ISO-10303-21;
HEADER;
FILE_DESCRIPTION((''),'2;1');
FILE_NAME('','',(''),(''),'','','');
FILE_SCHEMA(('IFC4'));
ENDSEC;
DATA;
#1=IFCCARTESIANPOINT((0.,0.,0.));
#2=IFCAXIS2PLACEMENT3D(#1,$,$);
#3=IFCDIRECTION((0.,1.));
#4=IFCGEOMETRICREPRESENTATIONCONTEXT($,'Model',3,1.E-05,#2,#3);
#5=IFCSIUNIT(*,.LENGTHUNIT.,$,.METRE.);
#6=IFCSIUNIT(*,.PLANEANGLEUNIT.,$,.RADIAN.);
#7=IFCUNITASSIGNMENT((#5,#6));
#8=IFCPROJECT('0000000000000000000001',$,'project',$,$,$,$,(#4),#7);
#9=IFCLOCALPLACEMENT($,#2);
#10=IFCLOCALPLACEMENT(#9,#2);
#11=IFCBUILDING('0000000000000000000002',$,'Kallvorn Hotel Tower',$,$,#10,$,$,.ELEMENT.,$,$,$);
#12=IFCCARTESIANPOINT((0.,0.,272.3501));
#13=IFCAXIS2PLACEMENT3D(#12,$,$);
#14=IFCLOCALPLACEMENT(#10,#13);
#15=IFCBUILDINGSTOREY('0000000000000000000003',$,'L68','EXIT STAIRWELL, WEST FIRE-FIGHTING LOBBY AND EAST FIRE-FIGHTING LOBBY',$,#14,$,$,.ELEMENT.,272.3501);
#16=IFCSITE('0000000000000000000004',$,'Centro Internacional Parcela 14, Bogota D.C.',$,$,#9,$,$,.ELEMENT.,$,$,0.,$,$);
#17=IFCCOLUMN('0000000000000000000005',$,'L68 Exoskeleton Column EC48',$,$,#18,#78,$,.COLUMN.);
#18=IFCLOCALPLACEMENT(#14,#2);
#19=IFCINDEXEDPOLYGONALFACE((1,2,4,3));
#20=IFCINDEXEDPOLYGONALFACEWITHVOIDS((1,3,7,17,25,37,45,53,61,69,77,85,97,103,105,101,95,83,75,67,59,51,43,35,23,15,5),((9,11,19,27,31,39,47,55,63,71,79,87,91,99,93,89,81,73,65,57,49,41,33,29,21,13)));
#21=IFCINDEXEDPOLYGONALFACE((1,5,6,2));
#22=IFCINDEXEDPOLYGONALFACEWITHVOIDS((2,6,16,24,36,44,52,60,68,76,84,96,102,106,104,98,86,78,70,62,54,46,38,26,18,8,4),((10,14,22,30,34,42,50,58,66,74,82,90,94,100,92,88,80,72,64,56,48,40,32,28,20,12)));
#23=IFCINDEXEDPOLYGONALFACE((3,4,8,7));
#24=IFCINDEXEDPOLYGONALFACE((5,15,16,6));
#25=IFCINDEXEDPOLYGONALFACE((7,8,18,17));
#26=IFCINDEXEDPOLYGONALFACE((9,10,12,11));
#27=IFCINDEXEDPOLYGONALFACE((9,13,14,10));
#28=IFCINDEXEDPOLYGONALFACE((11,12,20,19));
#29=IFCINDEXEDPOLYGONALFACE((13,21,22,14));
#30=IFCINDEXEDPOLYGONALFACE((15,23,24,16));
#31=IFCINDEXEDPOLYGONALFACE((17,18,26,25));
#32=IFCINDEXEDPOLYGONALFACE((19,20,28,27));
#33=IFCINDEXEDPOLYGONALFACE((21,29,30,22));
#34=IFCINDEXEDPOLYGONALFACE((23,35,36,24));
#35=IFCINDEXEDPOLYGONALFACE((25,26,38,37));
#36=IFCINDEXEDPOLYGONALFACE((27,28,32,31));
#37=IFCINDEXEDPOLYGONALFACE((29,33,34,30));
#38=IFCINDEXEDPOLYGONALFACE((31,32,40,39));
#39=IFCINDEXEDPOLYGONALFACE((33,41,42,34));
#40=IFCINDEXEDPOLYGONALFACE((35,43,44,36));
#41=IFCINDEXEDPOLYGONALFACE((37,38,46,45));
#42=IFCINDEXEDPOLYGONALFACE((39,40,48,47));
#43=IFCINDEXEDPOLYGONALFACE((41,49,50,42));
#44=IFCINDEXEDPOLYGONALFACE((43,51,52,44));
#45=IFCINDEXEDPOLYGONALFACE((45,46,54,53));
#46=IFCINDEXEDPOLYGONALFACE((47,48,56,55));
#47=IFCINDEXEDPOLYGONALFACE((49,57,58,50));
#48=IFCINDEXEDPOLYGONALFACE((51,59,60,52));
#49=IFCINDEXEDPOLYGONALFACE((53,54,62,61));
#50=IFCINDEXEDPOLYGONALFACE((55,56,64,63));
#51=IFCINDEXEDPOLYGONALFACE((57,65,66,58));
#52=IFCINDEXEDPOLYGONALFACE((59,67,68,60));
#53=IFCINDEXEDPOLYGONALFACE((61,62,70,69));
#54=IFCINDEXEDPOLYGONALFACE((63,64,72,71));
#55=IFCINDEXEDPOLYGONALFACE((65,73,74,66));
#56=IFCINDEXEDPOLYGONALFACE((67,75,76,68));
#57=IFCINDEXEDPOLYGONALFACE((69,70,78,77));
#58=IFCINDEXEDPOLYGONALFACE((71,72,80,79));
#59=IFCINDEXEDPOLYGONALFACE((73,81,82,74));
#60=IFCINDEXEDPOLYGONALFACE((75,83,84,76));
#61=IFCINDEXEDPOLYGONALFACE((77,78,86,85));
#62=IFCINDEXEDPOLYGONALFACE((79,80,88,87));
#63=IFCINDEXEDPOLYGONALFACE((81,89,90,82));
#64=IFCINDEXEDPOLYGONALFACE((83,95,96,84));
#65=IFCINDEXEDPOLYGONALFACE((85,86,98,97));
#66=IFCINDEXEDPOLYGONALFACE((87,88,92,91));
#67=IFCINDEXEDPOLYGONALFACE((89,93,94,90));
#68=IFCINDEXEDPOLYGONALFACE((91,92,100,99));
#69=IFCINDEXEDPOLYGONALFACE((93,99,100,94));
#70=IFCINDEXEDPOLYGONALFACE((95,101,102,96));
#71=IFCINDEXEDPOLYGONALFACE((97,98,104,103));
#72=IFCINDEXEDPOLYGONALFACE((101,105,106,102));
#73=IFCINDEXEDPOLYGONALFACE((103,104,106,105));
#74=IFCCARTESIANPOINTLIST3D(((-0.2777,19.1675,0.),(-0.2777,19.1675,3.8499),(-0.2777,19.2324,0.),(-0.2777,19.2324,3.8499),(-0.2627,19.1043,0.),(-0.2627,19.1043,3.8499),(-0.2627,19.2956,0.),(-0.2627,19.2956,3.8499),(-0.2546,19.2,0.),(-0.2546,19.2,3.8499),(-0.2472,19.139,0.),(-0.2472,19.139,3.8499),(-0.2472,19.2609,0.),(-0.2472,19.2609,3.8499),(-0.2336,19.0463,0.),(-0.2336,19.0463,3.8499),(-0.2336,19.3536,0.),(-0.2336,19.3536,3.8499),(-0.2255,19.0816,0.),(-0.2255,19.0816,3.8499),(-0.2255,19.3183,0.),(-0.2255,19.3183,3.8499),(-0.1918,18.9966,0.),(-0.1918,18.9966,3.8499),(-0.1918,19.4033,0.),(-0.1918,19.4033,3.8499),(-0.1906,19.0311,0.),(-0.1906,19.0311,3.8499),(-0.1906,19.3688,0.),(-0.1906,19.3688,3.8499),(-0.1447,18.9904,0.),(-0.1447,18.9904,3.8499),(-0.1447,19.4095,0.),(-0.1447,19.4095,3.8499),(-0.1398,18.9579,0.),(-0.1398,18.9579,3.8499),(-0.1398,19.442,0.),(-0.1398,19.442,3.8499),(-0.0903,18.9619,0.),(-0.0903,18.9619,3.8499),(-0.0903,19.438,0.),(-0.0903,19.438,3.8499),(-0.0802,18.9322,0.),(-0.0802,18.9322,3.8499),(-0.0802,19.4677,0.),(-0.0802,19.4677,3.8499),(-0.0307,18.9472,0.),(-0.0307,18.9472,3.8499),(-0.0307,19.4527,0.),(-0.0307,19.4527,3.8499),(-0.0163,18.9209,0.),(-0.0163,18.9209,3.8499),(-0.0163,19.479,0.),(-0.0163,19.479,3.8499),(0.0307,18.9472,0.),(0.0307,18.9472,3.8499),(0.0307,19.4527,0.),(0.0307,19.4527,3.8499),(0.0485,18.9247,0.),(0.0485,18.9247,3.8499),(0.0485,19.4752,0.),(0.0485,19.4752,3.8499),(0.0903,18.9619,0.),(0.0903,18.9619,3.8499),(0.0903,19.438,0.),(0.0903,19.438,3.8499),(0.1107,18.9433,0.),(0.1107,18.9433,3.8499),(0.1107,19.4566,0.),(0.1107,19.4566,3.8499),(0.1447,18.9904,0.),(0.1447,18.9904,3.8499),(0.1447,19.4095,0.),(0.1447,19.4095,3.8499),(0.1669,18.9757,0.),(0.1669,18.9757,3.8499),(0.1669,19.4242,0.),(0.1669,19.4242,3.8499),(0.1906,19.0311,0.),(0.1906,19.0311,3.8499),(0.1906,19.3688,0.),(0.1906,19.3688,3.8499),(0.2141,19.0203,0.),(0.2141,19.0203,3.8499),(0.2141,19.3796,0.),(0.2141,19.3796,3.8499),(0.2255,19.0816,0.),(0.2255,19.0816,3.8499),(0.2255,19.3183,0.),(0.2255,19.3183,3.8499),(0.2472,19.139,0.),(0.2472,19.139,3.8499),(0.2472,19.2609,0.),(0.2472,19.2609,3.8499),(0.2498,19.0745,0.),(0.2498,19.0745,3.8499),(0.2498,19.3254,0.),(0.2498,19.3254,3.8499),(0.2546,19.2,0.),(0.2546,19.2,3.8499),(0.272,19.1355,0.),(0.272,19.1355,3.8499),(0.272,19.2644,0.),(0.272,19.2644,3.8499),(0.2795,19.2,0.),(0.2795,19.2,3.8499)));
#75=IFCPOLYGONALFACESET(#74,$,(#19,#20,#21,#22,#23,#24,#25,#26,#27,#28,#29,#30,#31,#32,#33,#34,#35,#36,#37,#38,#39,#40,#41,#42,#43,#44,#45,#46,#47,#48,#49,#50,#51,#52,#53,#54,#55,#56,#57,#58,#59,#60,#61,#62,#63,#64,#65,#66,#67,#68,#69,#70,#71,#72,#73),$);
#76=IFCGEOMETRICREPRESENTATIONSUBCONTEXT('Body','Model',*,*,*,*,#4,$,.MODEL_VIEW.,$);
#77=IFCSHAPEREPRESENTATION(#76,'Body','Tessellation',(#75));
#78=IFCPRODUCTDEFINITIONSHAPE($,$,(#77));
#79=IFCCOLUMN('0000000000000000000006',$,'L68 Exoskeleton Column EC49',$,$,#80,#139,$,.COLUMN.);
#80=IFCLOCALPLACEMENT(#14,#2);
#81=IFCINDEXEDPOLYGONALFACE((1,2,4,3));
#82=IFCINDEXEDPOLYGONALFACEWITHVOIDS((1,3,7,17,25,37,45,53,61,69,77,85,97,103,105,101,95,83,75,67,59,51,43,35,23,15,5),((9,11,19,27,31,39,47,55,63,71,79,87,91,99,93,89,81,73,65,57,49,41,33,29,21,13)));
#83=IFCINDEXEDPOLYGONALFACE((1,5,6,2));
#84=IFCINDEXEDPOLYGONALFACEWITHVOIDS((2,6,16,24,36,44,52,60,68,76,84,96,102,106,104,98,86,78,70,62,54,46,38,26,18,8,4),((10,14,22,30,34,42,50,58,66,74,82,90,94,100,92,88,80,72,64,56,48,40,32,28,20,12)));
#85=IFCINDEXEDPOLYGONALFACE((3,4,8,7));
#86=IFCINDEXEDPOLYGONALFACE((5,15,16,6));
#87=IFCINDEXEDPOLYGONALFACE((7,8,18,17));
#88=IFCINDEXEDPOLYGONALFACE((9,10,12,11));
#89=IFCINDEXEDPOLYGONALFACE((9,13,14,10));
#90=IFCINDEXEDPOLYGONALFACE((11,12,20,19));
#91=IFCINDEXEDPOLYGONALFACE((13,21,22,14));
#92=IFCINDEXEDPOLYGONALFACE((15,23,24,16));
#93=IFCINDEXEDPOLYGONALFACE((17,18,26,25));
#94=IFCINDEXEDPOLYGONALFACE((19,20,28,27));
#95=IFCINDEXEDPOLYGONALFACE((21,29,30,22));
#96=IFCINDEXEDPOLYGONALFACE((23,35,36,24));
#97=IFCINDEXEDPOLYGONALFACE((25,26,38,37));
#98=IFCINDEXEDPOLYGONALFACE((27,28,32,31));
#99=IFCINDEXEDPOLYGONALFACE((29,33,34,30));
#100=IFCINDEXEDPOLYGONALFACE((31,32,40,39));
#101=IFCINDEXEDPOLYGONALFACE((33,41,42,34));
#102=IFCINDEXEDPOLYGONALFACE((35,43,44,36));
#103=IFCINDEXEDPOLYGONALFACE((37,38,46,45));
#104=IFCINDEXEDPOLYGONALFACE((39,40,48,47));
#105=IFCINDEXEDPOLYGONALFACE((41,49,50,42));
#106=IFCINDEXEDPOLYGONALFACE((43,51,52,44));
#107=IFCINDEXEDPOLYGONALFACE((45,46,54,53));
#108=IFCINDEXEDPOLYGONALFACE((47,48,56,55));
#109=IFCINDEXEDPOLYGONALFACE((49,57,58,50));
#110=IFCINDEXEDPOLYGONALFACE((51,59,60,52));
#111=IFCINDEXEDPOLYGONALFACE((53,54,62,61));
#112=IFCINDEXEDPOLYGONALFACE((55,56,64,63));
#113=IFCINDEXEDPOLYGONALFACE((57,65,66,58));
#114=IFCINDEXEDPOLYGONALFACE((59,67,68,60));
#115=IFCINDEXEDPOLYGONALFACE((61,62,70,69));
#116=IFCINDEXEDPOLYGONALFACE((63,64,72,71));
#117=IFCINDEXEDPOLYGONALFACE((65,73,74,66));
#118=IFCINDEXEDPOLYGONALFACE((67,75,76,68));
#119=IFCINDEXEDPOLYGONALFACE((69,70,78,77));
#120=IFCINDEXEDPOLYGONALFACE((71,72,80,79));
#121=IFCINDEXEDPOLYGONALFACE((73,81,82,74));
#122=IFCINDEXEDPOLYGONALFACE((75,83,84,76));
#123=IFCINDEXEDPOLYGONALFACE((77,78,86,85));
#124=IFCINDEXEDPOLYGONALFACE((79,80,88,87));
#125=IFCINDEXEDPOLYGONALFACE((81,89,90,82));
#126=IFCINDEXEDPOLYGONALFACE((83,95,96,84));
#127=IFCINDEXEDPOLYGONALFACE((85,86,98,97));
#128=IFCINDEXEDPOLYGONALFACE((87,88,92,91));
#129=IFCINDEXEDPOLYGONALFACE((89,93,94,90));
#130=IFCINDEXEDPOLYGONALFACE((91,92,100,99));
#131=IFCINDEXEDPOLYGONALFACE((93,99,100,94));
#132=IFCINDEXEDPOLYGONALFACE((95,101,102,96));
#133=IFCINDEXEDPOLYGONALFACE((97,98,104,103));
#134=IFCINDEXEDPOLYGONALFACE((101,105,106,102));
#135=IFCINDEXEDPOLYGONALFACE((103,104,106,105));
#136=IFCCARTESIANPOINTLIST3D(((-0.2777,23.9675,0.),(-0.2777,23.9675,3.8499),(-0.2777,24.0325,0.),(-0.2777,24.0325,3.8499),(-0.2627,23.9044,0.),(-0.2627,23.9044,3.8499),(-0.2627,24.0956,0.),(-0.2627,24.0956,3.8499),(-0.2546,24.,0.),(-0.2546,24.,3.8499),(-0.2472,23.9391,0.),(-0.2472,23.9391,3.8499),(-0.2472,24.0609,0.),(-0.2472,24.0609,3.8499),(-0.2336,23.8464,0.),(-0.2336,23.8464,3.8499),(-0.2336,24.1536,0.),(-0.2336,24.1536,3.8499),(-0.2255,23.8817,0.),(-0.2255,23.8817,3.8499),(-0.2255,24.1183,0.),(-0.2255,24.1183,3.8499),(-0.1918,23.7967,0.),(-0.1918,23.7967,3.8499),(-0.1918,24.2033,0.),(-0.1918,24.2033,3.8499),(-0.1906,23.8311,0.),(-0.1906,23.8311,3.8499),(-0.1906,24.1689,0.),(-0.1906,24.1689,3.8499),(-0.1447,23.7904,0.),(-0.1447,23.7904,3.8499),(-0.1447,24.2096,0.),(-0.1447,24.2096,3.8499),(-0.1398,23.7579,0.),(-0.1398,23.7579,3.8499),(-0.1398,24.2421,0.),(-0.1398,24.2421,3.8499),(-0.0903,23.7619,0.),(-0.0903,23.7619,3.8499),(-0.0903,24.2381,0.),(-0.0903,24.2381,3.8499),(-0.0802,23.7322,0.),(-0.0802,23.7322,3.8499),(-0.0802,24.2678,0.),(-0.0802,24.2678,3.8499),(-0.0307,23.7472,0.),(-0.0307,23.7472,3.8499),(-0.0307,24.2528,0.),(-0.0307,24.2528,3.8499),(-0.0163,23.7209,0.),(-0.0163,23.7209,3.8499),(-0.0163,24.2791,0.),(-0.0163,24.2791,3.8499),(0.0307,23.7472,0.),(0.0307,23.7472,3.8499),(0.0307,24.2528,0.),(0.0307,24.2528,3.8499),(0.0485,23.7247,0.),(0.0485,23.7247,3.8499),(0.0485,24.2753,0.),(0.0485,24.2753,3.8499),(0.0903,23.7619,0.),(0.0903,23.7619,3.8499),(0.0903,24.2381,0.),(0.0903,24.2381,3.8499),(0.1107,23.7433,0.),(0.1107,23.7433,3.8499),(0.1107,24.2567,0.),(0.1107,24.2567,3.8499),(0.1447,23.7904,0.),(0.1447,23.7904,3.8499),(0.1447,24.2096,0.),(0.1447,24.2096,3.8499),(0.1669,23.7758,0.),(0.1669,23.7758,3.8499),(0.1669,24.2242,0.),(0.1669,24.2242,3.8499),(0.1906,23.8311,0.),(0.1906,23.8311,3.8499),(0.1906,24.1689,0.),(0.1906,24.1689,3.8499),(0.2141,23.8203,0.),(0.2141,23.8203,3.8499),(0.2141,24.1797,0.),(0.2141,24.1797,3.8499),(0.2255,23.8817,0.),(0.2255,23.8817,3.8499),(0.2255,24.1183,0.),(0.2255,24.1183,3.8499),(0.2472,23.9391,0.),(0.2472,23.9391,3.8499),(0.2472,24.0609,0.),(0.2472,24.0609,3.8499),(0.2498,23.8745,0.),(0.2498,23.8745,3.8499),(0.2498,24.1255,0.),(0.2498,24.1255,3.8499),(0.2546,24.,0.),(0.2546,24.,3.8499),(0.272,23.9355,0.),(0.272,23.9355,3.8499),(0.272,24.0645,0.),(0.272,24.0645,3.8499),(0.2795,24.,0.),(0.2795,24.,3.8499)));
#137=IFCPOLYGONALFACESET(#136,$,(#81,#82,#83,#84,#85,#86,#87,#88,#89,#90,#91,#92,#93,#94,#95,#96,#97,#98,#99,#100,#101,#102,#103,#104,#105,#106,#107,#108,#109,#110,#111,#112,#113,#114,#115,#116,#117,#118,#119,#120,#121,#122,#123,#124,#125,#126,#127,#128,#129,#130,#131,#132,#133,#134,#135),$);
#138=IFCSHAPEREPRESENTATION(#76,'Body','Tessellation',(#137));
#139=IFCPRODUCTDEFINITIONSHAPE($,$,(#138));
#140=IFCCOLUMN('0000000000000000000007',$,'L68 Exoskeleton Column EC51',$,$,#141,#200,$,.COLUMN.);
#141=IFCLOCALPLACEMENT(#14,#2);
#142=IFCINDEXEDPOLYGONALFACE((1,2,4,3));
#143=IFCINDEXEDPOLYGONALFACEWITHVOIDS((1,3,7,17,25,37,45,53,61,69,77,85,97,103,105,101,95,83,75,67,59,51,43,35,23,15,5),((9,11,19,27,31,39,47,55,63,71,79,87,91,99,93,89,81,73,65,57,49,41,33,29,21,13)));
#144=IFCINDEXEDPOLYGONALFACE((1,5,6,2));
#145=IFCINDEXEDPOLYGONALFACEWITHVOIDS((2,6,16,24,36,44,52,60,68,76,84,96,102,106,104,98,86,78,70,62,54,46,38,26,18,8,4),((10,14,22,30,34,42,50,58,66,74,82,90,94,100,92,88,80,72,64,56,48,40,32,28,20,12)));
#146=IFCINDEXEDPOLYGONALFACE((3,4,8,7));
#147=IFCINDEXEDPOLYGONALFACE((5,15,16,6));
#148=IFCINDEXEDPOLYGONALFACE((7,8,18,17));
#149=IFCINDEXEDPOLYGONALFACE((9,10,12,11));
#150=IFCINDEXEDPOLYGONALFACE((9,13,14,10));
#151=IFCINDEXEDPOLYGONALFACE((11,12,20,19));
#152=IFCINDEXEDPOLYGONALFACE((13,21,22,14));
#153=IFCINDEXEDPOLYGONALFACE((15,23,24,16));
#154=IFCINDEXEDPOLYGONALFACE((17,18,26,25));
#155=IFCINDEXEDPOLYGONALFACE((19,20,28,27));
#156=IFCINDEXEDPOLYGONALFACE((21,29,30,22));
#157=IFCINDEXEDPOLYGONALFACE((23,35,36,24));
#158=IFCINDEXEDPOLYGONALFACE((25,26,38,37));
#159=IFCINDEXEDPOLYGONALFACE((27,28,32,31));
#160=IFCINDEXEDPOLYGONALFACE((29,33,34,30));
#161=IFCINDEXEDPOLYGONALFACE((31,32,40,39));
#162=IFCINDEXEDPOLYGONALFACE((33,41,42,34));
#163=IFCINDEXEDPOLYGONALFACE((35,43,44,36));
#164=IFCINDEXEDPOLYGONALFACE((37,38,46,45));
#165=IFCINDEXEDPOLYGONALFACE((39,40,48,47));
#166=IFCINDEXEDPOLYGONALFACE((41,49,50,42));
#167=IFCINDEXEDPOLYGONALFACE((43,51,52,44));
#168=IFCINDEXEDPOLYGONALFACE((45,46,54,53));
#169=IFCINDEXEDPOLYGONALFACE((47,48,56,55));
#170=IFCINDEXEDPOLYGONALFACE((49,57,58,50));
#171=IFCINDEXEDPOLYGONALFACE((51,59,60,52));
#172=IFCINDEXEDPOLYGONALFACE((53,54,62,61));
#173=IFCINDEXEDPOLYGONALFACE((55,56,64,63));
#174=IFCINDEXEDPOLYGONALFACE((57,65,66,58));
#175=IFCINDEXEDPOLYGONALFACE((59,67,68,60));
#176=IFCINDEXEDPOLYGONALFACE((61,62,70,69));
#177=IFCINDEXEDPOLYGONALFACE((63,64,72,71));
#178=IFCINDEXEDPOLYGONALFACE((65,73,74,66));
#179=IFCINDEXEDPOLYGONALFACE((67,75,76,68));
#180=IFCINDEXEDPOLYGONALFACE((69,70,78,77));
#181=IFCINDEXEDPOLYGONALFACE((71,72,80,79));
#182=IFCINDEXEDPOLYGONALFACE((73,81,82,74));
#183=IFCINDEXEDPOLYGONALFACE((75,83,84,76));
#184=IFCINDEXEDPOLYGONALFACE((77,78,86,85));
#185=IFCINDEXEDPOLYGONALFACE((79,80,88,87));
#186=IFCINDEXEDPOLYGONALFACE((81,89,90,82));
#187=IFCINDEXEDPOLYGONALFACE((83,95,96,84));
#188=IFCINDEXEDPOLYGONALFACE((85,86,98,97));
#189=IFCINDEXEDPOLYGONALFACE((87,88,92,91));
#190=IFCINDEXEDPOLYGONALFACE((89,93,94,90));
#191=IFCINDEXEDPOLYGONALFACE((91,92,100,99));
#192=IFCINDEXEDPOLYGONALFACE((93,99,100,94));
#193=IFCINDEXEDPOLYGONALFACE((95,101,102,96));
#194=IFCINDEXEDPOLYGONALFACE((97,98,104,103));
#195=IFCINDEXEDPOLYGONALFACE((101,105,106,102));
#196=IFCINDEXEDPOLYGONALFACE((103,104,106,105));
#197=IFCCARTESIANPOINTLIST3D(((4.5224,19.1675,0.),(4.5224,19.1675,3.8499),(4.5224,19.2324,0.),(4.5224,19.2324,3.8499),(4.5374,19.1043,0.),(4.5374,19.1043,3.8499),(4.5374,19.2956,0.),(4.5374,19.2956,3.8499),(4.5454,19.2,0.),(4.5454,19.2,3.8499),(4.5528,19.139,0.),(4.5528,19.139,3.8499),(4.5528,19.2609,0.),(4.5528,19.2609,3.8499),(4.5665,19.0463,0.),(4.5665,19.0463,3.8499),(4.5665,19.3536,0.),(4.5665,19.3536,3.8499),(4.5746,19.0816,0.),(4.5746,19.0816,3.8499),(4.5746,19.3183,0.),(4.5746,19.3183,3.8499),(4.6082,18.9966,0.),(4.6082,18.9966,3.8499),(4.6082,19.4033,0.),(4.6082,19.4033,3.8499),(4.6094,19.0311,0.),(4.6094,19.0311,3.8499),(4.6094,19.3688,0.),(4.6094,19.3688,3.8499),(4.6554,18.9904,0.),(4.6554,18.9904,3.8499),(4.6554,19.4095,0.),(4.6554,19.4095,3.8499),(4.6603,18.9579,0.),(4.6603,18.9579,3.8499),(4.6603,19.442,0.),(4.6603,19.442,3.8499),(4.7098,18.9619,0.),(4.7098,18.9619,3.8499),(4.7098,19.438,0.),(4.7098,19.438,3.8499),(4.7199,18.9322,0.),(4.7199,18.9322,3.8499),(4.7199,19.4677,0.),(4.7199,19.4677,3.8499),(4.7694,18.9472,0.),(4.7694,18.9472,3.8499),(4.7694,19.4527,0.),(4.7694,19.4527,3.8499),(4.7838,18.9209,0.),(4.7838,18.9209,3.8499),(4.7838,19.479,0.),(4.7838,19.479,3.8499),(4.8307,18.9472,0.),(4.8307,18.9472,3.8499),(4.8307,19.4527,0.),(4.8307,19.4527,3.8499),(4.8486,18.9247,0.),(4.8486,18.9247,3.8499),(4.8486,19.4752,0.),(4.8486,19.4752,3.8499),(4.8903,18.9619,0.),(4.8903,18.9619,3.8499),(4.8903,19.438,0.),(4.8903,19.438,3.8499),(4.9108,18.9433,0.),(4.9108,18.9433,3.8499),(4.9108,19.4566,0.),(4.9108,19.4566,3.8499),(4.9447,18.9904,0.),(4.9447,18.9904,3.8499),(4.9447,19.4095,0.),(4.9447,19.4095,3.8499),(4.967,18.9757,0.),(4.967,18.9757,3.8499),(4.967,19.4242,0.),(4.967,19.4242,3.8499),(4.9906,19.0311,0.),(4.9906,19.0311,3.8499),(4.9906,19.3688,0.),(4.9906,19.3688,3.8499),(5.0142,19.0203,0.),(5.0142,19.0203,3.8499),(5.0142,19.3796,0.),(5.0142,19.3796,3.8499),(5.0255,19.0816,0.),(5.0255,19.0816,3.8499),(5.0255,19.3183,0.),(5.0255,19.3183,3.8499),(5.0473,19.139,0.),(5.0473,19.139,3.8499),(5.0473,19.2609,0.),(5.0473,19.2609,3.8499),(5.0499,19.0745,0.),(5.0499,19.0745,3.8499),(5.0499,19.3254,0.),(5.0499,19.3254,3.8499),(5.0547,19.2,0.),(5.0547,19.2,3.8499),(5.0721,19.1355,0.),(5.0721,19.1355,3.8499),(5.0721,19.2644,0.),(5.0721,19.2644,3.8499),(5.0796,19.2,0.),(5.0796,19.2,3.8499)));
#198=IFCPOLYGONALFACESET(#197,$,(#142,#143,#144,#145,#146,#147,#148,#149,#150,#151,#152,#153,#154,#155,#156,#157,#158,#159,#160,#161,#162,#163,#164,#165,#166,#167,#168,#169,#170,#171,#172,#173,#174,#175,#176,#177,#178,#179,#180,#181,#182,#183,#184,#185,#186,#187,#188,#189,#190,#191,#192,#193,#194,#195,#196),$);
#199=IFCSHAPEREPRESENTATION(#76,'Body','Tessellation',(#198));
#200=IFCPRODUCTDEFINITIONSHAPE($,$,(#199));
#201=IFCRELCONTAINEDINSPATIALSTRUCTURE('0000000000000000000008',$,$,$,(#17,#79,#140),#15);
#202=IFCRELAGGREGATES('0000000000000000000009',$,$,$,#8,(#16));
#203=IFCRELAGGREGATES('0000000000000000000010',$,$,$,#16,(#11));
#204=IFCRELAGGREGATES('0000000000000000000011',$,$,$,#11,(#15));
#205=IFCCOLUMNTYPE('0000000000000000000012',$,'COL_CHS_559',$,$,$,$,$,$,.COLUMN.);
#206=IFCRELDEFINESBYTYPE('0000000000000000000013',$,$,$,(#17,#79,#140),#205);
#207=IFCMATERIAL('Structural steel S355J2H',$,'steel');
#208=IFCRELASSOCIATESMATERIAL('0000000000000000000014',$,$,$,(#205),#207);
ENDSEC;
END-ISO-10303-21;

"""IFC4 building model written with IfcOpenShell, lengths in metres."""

from ifc_helpers import new_model, si_unit, direction, frame, origin, origin_2d, place, context, subcontext, project, spatial, hollow_circle, extrude, material, material_profile, profile_set, type_object, element, save


model = new_model("IFC4")

# Units and contexts
model_context = context("Model", 3, precision=1e-05, world=origin(), true_north=direction((0.0, 1.0)))
body_context = subcontext(model_context, "Body", "Model", "MODEL_VIEW")
ifc_project = project(units=[si_unit("LENGTHUNIT", "METRE"), si_unit("PLANEANGLEUNIT", "RADIAN")], contexts=[model_context])

# Site, building, storey
site_placement = place(None, origin())
site = spatial("IfcSite", under=ifc_project, at=site_placement, Name="Centro Internacional Parcela 14, Bogota D.C.", CompositionType="ELEMENT", RefElevation=0.0)
building_placement = place(site_placement, origin())
building = spatial("IfcBuilding", under=site, at=building_placement, Name="Kallvorn Hotel Tower", CompositionType="ELEMENT")
storey_placement = place(building_placement, frame((0.0, 0.0, 272.3501)))
storey = spatial("IfcBuildingStorey", under=building, at=storey_placement, Name="L68", Description="EXIT STAIRWELL, WEST FIRE-FIGHTING LOBBY AND EAST FIRE-FIGHTING LOBBY", CompositionType="ELEMENT", Elevation=272.3501)

# Columns
ifc_material_1 = material(Name="Structural steel S355J2H", Category="steel")
ifc_material_profile_1 = material_profile(ifc_material_1, hollow_circle(Radius=0.2795, WallThickness=0.0249, at=origin_2d()), Name="CHS 559x25")
ifc_profile_set_1 = profile_set([ifc_material_profile_1], Name="Structural steel S355J2H")
column_type_1 = type_object("IfcColumnType", Name="COL_CHS_559", PredefinedType="COLUMN", material=ifc_profile_set_1)
for number, where, z_axis, x_axis, name in (
    (1, (0.0, 19.2, 0.0), (0.0, 0.0, 1.0), (1.0, 0.0, 0.0), "L68 Exoskeleton Column EC48"),
    (2, (0.0, 24.0, 0.0), (0.0, 0.0, 1.0), (1.0, 0.0, 0.0), "L68 Exoskeleton Column EC49"),
    (3, (4.8, 19.2, 0.0), (0.0, 0.0, 1.0), (1.0, 0.0, 0.0), "L68 Exoskeleton Column EC51"),
):
    element("IfcColumn", number, at=place(storey_placement, frame(where, z_axis=z_axis, x_axis=x_axis)), inside=storey, type_object=column_type_1, Name=name, PredefinedType="COLUMN", context=body_context, shape_type="SweptSolid", body=[
        extrude(hollow_circle(Radius=0.2795, WallThickness=0.0249, at=origin_2d()), origin(), (0.0, 0.0, 1.0), 3.8499),
    ])

save(model, "model.ifc")
